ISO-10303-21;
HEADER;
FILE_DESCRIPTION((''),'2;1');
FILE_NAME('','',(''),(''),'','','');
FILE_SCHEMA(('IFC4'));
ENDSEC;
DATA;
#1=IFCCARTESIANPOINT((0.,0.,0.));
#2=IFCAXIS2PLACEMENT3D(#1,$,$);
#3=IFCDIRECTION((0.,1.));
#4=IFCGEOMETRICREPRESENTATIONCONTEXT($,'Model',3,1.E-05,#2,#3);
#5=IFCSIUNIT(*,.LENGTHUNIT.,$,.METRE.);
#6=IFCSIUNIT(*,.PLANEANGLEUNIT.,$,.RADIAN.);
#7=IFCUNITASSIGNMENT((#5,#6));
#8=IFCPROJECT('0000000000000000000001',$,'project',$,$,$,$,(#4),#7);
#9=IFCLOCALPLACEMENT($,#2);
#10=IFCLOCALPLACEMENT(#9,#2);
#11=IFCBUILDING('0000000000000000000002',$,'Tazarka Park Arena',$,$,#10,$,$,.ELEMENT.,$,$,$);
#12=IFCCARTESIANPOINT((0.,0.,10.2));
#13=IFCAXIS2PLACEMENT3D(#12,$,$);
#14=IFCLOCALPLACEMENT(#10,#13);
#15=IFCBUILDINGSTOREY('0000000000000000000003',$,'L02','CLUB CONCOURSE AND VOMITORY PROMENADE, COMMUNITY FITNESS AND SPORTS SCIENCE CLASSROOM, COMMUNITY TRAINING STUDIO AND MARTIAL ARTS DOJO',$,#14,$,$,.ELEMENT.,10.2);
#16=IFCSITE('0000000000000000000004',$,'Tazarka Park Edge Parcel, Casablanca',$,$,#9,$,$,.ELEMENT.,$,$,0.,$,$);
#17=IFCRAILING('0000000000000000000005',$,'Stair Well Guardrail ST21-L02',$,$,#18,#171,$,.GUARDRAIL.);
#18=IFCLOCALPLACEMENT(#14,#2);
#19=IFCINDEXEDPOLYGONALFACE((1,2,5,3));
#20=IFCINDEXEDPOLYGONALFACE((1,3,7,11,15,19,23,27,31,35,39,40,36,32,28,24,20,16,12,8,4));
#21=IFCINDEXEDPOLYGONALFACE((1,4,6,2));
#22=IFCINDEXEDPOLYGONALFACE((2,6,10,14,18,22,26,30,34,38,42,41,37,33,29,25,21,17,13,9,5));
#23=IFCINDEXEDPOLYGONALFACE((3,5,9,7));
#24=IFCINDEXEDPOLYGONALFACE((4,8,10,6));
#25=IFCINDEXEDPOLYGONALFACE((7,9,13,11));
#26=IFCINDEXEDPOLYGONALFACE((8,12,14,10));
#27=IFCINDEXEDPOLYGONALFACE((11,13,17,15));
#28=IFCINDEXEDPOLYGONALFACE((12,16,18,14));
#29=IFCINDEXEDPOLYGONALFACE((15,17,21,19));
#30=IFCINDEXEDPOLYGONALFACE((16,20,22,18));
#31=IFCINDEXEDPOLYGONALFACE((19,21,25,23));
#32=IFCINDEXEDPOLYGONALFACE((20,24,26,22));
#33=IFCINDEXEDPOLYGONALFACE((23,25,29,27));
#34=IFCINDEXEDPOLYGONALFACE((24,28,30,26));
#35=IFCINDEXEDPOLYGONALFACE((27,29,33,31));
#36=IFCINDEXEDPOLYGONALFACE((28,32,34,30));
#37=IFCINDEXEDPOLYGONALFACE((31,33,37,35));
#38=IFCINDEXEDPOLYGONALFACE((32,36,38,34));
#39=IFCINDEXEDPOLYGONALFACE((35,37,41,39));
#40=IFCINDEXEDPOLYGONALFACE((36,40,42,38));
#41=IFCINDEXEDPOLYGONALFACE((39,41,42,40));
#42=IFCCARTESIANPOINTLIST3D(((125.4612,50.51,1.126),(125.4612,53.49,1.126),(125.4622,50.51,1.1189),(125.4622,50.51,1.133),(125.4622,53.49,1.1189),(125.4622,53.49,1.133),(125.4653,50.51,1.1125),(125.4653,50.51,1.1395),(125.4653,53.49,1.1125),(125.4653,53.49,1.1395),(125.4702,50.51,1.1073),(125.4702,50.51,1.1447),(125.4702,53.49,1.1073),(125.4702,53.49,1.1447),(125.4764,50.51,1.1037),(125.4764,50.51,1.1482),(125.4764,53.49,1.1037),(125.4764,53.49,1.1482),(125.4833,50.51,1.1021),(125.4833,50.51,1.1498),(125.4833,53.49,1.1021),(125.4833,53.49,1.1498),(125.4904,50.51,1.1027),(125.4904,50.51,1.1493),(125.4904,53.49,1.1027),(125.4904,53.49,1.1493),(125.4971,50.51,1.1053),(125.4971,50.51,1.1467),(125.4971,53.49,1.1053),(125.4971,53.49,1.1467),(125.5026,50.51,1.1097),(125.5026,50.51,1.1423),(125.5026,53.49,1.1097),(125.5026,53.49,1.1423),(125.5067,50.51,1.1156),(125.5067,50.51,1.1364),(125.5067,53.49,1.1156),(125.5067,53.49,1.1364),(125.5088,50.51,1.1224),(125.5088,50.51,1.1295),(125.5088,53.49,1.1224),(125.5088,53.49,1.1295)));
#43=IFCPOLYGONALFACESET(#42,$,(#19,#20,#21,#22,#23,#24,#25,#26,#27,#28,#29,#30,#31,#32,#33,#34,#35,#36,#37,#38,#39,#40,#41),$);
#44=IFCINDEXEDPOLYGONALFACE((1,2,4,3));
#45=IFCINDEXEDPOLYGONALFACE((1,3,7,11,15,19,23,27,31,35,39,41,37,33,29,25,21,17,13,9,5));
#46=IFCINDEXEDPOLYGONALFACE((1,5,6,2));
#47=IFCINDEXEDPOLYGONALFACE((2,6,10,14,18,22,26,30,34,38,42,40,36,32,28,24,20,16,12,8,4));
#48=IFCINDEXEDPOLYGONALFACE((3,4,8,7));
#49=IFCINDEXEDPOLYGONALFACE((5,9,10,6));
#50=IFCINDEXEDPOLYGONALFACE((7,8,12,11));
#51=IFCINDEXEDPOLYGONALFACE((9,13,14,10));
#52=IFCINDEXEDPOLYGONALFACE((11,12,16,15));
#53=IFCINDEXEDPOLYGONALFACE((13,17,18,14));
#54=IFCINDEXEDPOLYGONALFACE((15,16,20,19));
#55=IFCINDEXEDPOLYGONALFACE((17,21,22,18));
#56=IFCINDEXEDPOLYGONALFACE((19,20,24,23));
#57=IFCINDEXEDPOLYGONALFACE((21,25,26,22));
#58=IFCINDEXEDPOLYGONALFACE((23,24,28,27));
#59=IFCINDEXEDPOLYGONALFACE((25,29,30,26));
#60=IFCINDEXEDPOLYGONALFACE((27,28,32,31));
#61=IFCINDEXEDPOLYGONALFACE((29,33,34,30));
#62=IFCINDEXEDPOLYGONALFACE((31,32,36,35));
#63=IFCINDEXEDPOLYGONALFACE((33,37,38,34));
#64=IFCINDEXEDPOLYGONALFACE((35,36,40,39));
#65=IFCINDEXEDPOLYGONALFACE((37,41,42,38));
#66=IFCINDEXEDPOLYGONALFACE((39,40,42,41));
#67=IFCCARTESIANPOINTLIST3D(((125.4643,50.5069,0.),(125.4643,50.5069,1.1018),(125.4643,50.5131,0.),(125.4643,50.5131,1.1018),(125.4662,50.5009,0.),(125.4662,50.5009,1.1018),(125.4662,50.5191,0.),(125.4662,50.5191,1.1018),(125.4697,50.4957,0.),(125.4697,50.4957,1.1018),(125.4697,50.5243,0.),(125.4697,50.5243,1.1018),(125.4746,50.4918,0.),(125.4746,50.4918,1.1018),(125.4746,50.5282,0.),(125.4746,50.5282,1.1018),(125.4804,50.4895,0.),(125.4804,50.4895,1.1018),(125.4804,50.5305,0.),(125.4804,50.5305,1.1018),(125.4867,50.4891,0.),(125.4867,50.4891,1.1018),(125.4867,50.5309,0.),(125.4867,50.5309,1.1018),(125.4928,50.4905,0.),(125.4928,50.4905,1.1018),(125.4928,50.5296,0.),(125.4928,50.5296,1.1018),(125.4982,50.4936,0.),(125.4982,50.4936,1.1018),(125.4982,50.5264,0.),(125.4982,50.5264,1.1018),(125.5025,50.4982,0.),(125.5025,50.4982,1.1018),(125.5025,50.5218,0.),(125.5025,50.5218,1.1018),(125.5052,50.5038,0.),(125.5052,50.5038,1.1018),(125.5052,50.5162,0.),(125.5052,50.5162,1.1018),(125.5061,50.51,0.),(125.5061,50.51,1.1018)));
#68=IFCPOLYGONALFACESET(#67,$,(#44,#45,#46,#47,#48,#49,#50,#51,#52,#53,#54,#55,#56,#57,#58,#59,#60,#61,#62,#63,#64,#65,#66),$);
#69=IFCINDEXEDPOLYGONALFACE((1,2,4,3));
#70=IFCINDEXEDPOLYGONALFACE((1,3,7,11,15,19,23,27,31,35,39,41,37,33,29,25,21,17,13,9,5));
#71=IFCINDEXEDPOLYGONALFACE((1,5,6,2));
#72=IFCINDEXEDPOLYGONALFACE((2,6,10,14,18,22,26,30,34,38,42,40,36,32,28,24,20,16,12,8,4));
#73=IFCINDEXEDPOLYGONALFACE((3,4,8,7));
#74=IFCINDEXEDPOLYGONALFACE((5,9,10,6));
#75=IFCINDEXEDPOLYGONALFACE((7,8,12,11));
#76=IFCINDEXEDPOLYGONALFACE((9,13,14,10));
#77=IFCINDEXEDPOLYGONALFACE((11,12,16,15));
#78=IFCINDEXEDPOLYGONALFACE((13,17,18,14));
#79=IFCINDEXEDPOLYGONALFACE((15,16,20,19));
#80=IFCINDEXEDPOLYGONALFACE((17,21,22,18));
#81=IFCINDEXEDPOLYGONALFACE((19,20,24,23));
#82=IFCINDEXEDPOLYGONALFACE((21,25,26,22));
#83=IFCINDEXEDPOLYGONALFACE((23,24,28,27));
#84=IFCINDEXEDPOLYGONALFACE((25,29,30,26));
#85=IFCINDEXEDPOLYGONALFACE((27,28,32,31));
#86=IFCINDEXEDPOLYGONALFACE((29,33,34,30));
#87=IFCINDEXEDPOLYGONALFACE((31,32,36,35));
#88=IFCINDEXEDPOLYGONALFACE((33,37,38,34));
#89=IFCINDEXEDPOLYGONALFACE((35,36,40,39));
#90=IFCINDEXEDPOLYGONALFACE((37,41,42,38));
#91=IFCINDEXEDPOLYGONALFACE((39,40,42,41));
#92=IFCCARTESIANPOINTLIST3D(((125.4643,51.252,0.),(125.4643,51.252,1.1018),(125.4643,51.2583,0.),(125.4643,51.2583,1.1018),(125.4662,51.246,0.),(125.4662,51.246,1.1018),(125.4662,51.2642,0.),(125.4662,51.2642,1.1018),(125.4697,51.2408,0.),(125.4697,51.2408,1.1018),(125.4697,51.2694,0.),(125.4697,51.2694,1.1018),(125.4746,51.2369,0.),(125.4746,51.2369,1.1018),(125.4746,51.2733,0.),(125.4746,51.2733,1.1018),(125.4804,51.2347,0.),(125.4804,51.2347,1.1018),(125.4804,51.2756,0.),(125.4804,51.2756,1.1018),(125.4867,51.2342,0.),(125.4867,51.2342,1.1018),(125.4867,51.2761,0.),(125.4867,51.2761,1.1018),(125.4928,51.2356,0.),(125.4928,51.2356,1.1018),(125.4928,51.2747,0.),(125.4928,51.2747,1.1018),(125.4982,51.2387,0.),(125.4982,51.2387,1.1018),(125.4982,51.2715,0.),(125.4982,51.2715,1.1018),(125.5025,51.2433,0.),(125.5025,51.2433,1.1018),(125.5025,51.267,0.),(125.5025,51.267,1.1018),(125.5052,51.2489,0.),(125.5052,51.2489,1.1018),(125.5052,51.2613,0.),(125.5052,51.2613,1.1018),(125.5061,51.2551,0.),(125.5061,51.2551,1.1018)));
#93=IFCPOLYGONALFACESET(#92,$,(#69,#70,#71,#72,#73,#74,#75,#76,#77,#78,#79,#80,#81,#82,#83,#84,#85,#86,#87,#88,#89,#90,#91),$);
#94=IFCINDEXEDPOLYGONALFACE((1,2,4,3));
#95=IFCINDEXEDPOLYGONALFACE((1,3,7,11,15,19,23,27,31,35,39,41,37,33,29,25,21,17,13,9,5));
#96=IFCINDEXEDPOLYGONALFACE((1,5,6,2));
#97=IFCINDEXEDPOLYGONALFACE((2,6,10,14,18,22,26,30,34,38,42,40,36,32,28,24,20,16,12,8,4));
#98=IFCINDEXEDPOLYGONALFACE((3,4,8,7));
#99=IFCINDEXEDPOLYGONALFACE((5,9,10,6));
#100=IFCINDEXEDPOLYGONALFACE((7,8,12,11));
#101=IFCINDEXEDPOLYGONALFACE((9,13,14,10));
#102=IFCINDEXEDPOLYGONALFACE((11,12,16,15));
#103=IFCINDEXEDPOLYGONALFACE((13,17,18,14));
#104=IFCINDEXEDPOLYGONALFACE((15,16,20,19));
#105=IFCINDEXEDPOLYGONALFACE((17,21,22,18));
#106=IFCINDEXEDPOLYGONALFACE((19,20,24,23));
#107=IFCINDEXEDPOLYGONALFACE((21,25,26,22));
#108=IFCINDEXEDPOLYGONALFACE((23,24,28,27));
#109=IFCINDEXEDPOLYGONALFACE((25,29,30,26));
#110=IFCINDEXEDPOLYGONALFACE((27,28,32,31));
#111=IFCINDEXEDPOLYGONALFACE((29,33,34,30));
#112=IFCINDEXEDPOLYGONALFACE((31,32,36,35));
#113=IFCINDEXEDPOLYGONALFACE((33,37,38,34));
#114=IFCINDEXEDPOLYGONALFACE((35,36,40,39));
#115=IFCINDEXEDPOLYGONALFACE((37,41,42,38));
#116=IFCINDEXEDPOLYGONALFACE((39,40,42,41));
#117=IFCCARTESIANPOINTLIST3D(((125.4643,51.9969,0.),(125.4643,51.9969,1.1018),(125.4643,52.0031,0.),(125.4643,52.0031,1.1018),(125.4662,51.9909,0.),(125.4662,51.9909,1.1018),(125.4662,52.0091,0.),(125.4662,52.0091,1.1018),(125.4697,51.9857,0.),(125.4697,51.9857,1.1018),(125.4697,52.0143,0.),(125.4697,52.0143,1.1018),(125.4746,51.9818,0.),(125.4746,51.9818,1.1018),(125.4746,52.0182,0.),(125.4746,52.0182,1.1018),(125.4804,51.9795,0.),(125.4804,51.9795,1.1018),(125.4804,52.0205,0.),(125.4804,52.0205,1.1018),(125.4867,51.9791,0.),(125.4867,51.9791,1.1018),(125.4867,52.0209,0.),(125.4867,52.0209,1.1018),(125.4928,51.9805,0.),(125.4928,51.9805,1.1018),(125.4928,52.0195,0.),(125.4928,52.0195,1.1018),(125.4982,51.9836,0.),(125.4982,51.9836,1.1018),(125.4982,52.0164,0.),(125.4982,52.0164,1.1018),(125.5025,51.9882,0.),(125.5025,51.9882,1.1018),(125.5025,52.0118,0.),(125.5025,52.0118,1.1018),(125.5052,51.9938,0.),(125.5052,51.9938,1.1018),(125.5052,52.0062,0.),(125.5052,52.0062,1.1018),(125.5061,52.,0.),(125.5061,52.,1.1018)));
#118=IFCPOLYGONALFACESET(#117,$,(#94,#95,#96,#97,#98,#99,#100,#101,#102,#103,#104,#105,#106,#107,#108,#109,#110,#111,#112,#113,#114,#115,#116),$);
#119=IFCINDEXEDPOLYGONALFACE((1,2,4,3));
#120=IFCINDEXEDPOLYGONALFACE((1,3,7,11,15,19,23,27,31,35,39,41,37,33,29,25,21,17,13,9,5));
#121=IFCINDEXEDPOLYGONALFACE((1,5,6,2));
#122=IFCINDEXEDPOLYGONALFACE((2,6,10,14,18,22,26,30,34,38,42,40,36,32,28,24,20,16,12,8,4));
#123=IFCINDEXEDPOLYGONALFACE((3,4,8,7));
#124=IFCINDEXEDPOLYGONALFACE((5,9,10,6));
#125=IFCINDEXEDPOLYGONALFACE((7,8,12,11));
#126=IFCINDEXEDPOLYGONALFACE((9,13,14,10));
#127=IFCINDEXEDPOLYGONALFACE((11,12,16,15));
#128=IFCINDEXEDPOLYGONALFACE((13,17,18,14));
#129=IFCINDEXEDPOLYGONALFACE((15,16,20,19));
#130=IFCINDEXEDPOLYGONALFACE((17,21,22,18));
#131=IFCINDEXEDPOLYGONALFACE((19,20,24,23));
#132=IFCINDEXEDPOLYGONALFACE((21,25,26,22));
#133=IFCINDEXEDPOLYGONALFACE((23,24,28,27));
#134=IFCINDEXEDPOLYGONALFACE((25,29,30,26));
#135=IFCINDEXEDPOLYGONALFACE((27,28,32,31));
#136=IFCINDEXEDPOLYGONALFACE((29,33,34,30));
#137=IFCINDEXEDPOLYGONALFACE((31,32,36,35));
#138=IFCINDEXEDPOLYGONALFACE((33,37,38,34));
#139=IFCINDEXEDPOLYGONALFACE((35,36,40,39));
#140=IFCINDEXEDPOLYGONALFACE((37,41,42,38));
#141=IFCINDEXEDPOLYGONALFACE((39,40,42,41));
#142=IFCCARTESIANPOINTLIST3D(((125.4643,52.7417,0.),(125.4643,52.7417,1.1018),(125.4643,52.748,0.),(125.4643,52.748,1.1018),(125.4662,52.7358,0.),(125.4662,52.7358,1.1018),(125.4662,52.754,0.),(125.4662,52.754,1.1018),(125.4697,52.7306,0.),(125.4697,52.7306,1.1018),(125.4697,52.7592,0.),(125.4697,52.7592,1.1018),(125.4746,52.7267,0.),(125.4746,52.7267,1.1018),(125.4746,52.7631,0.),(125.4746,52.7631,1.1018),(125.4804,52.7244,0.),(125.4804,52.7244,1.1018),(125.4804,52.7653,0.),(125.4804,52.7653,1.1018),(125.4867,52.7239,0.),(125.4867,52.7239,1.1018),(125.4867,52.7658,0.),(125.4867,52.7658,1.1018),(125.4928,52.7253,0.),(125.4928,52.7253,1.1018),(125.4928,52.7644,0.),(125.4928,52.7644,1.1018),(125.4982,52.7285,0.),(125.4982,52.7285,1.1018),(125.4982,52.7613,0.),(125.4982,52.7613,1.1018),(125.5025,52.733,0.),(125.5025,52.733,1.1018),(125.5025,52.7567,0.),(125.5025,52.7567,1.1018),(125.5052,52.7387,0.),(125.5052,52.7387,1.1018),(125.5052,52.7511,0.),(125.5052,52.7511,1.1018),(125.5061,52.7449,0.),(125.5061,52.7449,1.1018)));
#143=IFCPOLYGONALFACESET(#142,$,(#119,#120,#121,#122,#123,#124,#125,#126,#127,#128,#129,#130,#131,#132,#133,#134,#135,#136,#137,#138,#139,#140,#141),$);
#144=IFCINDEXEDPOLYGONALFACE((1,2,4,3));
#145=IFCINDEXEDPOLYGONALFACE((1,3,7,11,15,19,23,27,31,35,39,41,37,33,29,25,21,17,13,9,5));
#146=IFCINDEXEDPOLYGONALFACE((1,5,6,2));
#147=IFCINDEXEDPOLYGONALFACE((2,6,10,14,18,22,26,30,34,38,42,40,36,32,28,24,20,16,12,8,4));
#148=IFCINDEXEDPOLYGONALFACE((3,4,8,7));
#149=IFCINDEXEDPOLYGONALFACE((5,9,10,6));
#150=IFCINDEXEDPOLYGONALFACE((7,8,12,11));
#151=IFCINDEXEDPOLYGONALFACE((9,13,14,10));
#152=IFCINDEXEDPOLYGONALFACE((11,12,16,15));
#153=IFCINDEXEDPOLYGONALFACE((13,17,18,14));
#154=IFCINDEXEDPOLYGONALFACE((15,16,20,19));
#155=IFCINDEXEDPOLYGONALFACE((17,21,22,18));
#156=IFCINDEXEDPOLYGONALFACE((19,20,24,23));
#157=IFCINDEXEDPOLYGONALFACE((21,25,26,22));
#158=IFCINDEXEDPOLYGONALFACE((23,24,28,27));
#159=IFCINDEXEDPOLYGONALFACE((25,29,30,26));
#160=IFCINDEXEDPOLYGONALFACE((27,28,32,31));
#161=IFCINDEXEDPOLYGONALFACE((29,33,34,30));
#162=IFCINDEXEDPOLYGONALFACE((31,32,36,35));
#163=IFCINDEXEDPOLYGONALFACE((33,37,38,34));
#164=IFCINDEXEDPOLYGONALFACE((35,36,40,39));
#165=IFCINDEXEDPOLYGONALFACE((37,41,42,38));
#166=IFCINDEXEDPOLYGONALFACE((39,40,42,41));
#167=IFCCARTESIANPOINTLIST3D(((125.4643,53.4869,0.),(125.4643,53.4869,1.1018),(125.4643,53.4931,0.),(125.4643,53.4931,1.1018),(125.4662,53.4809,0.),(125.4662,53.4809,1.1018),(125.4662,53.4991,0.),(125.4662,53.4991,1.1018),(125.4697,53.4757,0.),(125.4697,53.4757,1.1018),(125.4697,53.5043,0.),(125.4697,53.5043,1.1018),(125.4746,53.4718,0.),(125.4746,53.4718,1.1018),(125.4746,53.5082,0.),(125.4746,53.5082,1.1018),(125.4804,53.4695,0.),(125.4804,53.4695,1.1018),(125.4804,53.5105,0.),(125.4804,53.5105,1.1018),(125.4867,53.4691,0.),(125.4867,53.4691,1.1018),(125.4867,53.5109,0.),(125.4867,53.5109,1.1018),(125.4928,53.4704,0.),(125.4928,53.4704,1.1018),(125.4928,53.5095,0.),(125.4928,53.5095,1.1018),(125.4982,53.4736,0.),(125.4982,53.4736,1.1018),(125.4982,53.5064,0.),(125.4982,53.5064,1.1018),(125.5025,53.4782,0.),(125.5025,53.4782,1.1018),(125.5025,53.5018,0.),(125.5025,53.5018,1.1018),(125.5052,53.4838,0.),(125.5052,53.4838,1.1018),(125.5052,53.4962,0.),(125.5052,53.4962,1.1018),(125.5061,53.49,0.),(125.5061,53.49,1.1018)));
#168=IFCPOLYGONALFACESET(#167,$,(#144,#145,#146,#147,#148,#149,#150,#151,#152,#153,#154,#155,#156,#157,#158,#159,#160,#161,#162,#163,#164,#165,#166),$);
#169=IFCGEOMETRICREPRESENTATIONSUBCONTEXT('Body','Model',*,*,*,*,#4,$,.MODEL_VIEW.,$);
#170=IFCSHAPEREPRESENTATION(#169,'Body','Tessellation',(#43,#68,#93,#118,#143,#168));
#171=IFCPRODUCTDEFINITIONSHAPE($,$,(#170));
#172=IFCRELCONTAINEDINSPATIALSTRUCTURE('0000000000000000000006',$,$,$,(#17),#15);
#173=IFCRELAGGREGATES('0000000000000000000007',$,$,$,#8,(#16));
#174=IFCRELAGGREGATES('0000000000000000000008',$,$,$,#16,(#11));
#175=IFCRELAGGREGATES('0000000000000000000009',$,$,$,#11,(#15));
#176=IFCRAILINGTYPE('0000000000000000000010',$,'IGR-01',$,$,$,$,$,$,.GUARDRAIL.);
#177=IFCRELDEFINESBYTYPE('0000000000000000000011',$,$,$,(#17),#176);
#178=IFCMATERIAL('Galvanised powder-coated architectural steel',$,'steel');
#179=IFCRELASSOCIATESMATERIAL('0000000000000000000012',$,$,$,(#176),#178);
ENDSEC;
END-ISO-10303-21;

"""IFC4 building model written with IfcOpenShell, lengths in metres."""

from ifc_helpers import new_model, si_unit, direction, frame, origin, origin_2d, place, context, subcontext, project, spatial, circle, extrude, material, type_object, element, save


model = new_model("IFC4")

# Units and contexts
model_context = context("Model", 3, precision=1e-05, world=origin(), true_north=direction((0.0, 1.0)))
body_context = subcontext(model_context, "Body", "Model", "MODEL_VIEW")
ifc_project = project(units=[si_unit("LENGTHUNIT", "METRE"), si_unit("PLANEANGLEUNIT", "RADIAN")], contexts=[model_context])

# Site, building, storey
site_placement = place(None, origin())
site = spatial("IfcSite", under=ifc_project, at=site_placement, Name="Tazarka Park Edge Parcel, Casablanca", CompositionType="ELEMENT", RefElevation=0.0)
building_placement = place(site_placement, origin())
building = spatial("IfcBuilding", under=site, at=building_placement, Name="Tazarka Park Arena", CompositionType="ELEMENT")
storey_placement = place(building_placement, frame((0.0, 0.0, 10.2)))
storey = spatial("IfcBuildingStorey", under=building, at=storey_placement, Name="L02", Description="CLUB CONCOURSE AND VOMITORY PROMENADE, COMMUNITY FITNESS AND SPORTS SCIENCE CLASSROOM, COMMUNITY TRAINING STUDIO AND MARTIAL ARTS DOJO", CompositionType="ELEMENT", Elevation=10.2)

# Railing
ifc_material_1 = material(Name="Galvanised powder-coated architectural steel", Category="steel")
railing_type_1 = type_object("IfcRailingType", Name="IGR-01", PredefinedType="GUARDRAIL", material=ifc_material_1)
for number, where, name in (
    (1, (125.4851, 50.51, 0.0), "Stair Well Guardrail ST21-L02"),
):
    element("IfcRailing", number, at=place(storey_placement, frame(where)), inside=storey, type_object=railing_type_1, Name=name, PredefinedType="GUARDRAIL", context=body_context, shape_type="SweptSolid", body=[
        extrude(circle(Radius=0.0239, at=origin_2d()), frame((0.0, 0.0, 1.126), z_axis=(0.0, 1.0, 0.0), x_axis=(-1.0, 0.0, 0.0)), (0.0, 0.0, 1.0), 2.98),
        extrude(circle(Radius=0.021, at=origin_2d()), origin(), (0.0, 0.0, 1.0), 1.1018),
        extrude(circle(Radius=0.021, at=origin_2d()), frame((0.0, 0.7451, 0.0)), (0.0, 0.0, 1.0), 1.1018),
        extrude(circle(Radius=0.021, at=origin_2d()), frame((0.0, 1.49, 0.0)), (0.0, 0.0, 1.0), 1.1018),
        extrude(circle(Radius=0.021, at=origin_2d()), frame((0.0, 2.2349, 0.0)), (0.0, 0.0, 1.0), 1.1018),
        extrude(circle(Radius=0.021, at=origin_2d()), frame((0.0, 2.98, 0.0)), (0.0, 0.0, 1.0), 1.1018),
    ])

save(model, "model.ifc")
